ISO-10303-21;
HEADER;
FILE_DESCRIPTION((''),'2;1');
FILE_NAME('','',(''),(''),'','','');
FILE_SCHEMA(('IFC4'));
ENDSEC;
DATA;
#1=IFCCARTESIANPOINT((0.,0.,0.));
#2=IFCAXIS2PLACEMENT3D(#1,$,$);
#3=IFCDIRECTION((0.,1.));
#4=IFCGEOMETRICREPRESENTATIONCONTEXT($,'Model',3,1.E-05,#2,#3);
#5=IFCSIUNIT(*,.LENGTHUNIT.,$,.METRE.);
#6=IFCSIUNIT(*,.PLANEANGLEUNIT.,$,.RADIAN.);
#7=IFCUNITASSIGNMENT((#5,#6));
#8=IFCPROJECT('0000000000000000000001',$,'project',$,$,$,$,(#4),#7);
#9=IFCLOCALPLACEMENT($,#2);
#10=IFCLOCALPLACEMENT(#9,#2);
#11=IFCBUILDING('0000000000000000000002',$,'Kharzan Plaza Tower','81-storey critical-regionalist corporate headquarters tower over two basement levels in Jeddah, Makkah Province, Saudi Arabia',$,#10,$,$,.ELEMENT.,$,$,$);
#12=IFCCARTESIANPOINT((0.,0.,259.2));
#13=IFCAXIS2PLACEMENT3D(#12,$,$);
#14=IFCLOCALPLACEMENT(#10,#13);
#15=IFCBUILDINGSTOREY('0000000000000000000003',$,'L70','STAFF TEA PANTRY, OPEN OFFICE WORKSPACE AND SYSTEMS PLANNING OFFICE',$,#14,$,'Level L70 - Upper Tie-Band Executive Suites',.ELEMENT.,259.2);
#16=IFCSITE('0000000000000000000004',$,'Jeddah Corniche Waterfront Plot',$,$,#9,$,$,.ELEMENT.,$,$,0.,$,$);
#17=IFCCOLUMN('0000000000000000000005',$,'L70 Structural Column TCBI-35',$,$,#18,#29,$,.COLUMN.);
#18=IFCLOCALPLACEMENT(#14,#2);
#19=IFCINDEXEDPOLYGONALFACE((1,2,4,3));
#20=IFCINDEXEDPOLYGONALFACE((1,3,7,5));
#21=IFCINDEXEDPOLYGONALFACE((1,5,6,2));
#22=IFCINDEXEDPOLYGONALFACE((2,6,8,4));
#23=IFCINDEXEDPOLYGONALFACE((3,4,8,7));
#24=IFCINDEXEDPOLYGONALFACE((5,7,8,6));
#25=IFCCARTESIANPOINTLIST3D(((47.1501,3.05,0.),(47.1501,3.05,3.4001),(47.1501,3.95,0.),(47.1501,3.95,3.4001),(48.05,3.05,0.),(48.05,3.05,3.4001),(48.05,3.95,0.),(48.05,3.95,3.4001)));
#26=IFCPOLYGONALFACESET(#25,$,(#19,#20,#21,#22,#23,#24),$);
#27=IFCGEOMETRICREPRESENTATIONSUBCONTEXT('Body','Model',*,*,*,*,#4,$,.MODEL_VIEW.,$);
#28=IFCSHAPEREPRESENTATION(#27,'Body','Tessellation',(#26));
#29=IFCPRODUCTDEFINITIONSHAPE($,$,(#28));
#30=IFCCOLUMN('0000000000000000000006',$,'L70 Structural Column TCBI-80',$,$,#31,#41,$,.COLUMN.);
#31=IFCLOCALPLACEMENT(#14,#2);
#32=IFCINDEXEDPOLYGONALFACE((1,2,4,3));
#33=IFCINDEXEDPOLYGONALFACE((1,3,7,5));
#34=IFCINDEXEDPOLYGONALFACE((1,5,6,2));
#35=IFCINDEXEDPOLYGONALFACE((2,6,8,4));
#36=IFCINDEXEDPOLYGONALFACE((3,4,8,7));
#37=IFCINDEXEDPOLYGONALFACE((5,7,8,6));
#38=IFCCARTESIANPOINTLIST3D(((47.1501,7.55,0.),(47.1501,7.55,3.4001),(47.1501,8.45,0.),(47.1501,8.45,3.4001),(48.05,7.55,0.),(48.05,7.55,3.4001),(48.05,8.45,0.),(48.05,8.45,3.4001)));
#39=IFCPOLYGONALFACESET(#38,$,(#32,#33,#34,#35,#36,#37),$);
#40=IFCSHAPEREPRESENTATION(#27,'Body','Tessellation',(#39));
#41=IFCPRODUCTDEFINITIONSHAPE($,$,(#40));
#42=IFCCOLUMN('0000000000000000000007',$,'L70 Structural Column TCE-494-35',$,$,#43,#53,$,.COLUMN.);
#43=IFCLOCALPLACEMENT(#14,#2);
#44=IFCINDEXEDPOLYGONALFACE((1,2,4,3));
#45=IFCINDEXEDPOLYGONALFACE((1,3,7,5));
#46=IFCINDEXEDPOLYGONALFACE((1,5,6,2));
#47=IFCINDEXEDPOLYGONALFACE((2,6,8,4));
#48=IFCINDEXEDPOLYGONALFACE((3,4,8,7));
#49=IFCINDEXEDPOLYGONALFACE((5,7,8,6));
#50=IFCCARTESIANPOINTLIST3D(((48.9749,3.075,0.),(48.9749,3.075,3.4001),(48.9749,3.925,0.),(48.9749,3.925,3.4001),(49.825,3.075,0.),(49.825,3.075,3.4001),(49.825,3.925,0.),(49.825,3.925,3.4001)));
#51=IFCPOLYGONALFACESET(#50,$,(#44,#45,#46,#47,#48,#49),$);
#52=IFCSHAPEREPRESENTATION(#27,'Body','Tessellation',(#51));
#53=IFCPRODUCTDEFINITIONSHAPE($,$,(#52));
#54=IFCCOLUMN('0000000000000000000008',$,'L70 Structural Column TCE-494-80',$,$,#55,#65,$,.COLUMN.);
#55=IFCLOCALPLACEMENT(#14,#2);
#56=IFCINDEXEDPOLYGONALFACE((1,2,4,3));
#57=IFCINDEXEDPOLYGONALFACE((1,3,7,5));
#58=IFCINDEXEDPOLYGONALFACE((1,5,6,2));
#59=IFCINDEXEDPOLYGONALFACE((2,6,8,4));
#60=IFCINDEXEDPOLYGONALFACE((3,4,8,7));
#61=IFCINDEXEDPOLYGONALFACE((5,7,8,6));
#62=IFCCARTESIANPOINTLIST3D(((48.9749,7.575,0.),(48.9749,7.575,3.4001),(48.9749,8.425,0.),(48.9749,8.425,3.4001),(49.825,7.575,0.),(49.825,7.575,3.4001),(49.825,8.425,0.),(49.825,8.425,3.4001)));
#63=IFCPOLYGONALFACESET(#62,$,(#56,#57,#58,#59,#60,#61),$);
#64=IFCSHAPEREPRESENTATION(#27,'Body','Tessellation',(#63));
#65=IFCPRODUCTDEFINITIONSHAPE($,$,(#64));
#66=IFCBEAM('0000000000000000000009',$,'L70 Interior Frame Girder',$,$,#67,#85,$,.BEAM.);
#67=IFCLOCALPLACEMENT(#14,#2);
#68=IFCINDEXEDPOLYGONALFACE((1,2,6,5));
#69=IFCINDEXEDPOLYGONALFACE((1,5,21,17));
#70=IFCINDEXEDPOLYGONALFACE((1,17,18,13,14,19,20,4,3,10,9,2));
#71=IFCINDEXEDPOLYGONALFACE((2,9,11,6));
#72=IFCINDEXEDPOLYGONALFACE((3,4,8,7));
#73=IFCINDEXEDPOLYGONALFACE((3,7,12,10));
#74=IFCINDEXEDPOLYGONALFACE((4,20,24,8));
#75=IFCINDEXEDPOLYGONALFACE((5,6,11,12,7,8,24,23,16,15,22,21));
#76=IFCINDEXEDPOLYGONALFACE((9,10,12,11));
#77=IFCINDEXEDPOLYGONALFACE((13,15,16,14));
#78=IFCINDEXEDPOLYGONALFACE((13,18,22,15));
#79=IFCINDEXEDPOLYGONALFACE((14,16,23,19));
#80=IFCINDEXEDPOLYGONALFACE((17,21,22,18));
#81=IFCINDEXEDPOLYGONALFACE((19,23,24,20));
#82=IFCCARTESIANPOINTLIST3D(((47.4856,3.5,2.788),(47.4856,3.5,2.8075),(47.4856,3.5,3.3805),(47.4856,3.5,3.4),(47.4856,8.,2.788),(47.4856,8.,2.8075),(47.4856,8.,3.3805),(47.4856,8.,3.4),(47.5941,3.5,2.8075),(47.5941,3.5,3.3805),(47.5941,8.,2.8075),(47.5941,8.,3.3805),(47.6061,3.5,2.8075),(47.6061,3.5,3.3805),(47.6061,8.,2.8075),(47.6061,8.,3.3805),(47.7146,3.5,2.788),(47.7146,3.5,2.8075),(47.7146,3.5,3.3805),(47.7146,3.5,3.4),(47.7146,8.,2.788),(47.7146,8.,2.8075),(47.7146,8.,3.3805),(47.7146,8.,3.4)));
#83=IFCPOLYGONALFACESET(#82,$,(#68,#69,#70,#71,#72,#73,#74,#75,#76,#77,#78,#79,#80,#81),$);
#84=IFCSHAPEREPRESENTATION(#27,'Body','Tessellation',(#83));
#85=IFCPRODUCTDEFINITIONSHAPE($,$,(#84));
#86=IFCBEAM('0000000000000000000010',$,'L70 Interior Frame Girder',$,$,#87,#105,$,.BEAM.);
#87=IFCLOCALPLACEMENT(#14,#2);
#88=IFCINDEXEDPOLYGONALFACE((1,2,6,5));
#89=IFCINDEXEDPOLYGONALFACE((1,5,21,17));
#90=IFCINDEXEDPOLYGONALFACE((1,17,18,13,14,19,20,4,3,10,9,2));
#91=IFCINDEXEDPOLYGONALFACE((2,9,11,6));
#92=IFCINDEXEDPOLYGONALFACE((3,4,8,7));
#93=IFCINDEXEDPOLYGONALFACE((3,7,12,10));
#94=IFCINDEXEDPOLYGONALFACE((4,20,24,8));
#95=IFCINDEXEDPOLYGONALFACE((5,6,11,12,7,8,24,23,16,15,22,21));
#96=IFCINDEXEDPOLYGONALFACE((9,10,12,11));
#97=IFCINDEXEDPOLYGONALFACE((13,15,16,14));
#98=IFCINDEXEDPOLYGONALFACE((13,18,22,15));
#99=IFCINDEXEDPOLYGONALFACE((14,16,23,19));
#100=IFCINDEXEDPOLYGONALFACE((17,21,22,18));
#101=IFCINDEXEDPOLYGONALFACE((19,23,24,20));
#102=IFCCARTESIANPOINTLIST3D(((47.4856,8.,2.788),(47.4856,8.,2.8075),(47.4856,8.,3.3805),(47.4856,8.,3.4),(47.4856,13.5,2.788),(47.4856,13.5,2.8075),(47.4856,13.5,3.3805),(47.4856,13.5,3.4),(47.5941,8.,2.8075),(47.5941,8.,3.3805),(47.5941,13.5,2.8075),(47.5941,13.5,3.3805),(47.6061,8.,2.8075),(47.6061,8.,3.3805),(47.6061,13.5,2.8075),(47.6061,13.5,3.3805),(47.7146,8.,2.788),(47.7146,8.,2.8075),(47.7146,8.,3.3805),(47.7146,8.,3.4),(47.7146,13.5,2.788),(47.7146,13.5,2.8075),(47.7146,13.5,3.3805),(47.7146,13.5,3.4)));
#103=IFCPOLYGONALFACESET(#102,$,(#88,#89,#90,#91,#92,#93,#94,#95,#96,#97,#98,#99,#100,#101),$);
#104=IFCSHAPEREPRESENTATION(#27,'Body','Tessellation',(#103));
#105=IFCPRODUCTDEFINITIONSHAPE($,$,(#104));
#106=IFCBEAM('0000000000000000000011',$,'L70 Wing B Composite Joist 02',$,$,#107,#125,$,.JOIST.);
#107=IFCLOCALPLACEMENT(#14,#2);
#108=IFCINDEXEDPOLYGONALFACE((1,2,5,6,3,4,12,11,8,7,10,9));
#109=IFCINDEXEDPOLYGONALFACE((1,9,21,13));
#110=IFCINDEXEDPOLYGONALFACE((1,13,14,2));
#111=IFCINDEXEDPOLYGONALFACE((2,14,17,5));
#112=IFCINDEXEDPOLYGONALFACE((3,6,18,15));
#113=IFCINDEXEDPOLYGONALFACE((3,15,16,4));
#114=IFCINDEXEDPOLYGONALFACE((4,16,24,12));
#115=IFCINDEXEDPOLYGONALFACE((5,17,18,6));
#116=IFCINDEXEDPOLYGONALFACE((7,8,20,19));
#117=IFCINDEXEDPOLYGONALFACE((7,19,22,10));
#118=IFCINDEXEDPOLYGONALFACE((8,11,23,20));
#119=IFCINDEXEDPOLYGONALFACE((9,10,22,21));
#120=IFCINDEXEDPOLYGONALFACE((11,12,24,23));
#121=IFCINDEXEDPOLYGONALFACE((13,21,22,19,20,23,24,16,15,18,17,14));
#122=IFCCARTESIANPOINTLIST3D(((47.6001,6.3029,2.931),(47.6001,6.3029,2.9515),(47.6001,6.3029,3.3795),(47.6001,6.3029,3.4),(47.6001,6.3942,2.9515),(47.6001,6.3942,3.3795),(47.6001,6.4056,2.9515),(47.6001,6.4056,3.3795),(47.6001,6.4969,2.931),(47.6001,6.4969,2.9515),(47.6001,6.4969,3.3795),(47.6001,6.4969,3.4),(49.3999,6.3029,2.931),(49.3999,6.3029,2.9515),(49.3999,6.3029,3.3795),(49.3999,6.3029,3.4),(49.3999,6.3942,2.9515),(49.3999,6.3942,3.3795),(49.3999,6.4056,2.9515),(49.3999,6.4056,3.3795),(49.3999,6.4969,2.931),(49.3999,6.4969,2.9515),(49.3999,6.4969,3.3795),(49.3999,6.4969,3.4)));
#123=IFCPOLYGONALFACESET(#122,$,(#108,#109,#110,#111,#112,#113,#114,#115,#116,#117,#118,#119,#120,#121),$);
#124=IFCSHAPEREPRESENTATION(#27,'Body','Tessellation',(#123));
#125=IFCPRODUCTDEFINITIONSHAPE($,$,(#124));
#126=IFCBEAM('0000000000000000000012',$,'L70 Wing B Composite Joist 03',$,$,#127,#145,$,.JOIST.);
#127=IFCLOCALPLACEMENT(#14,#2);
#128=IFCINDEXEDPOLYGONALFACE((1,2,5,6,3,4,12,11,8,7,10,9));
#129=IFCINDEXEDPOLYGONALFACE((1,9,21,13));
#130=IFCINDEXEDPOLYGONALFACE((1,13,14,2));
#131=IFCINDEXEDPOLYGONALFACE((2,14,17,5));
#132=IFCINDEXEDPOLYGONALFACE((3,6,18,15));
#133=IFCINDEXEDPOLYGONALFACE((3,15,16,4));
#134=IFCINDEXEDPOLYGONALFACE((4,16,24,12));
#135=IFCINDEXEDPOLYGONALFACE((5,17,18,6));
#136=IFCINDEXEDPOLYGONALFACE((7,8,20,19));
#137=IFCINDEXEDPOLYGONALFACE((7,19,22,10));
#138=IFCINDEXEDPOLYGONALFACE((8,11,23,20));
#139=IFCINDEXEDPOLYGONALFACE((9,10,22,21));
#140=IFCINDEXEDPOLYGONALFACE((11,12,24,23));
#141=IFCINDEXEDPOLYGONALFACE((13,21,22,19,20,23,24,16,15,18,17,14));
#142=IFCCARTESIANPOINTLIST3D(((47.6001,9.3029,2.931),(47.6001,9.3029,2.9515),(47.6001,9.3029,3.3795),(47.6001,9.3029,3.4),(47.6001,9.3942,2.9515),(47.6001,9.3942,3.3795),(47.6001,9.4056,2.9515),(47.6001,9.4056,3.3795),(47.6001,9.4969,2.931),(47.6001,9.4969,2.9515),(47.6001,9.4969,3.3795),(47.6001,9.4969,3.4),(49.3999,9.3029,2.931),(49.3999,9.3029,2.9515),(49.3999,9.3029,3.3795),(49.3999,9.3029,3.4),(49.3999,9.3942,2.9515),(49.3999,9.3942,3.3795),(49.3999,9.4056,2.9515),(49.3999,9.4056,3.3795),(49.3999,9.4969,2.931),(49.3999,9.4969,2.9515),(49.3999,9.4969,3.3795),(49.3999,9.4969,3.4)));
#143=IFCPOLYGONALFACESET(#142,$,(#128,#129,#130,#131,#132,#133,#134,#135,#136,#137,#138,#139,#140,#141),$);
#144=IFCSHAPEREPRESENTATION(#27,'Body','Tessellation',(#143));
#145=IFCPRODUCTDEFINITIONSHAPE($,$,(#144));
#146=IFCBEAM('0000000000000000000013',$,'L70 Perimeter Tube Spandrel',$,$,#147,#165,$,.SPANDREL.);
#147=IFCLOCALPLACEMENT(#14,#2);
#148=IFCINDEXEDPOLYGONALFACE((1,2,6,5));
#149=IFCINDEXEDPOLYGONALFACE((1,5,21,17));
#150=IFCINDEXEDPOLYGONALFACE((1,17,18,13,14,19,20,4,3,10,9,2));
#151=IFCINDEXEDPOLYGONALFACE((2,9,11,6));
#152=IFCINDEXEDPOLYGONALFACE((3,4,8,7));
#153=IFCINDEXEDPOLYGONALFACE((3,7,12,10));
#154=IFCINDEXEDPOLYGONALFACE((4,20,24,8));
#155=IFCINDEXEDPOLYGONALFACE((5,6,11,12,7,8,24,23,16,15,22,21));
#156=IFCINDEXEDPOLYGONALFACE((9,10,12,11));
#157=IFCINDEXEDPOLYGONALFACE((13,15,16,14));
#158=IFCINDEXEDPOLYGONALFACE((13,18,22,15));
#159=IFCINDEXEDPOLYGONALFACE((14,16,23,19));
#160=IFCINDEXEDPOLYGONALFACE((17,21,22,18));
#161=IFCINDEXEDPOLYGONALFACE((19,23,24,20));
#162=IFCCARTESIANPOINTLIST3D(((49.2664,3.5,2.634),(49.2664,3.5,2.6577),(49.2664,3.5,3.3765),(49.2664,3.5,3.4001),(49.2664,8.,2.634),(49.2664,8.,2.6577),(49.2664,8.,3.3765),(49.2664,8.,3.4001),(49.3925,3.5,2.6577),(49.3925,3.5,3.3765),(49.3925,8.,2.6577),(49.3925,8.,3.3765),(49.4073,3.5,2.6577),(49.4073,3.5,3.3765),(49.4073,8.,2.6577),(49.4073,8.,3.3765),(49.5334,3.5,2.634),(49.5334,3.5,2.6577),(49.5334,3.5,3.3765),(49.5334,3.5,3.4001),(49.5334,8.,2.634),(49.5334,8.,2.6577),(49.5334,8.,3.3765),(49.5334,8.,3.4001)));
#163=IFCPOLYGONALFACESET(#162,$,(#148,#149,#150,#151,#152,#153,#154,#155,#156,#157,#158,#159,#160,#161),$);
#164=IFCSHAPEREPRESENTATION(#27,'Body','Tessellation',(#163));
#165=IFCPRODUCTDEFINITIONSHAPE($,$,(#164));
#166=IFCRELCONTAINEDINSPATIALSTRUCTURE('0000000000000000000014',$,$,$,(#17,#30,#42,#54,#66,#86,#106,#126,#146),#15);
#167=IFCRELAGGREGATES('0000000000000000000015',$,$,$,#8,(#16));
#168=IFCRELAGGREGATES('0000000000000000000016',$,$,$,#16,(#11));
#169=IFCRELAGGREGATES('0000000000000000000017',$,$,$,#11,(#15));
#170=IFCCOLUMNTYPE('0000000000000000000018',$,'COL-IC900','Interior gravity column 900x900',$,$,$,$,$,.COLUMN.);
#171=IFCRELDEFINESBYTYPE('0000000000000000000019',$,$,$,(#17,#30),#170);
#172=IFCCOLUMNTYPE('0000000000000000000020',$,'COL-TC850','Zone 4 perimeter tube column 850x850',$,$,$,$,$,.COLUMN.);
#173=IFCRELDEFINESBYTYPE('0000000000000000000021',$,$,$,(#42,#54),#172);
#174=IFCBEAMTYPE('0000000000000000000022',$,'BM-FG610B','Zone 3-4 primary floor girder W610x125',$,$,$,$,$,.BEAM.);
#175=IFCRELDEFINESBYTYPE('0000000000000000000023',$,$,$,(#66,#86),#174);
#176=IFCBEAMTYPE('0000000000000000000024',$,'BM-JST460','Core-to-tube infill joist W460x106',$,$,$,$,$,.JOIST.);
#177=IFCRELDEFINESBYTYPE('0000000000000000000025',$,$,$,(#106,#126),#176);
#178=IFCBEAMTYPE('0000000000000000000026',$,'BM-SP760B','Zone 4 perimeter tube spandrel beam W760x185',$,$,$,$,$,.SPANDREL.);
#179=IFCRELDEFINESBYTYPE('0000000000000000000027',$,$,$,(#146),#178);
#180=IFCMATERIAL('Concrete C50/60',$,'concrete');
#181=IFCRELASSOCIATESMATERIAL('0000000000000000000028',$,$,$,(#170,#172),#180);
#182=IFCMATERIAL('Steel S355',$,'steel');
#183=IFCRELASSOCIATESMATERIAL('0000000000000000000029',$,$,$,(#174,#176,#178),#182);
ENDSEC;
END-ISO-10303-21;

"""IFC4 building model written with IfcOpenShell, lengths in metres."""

from ifc_helpers import new_model, si_unit, direction, frame, origin, origin_2d, place, context, subcontext, project, spatial, rectangle, i_section, extrude, source, transform, mapped, material, material_profile, profile_set, type_object, element, save


model = new_model("IFC4")

# Units and contexts
model_context = context("Model", 3, precision=1e-05, world=origin(), true_north=direction((0.0, 1.0)))
body_context = subcontext(model_context, "Body", "Model", "MODEL_VIEW")
ifc_project = project(units=[si_unit("LENGTHUNIT", "METRE"), si_unit("PLANEANGLEUNIT", "RADIAN")], contexts=[model_context])

# Site, building, storey
site_placement = place(None, origin())
site = spatial("IfcSite", under=ifc_project, at=site_placement, Name="Jeddah Corniche Waterfront Plot", CompositionType="ELEMENT", RefElevation=0.0)
building_placement = place(site_placement, origin())
building = spatial("IfcBuilding", under=site, at=building_placement, Name="Kharzan Plaza Tower", Description="81-storey critical-regionalist corporate headquarters tower over two basement levels in Jeddah, Makkah Province, Saudi Arabia", CompositionType="ELEMENT")
storey_placement = place(building_placement, frame((0.0, 0.0, 259.2)))
storey = spatial("IfcBuildingStorey", under=building, at=storey_placement, Name="L70", Description="STAFF TEA PANTRY, OPEN OFFICE WORKSPACE AND SYSTEMS PLANNING OFFICE", LongName="Level L70 - Upper Tie-Band Executive Suites", CompositionType="ELEMENT", Elevation=259.2)

# Columns
ifc_material_1 = material(Name="Concrete C50/60", Category="concrete")
ifc_material_profile_1 = material_profile(ifc_material_1, rectangle(XDim=0.8999, YDim=0.8999, at=origin_2d()), Name="RC-IC900x900")
ifc_profile_set_1 = profile_set([ifc_material_profile_1], Name="Concrete C50/60")
column_type_1 = type_object("IfcColumnType", Name="COL-IC900", Description="Interior gravity column 900x900", PredefinedType="COLUMN", material=ifc_profile_set_1)
shared_shape_1 = source(origin(), body_context, "Body", "SweptSolid", [
    extrude(rectangle(XDim=0.8999, YDim=0.8999, at=origin_2d()), origin(), (0.0, 0.0, 1.0), 3.4001),
])
for number, where, z_axis, x_axis, name in (
    (1, (47.6001, 3.5, 0.0), (0.0, 0.0, 1.0), (1.0, 0.0, 0.0), "L70 Structural Column TCBI-35"),
    (2, (47.6001, 8.0, 0.0), (0.0, 0.0, 1.0), (1.0, 0.0, 0.0), "L70 Structural Column TCBI-80"),
):
    element("IfcColumn", number, at=place(storey_placement, frame(where, z_axis=z_axis, x_axis=x_axis)), inside=storey, type_object=column_type_1, Name=name, PredefinedType="COLUMN", context=body_context, shape_type="MappedRepresentation", body=[
        mapped(shared_shape_1, transform((0.0, 0.0, 0.0), x_axis=(1.0, 0.0, 0.0), y_axis=(0.0, 1.0, 0.0), z_axis=(0.0, 0.0, 1.0))),
    ])
ifc_material_profile_2 = material_profile(ifc_material_1, rectangle(XDim=0.8501, YDim=0.8501, at=origin_2d()), Name="RC-TC850x850")
ifc_profile_set_2 = profile_set([ifc_material_profile_2], Name="Concrete C50/60")
column_type_2 = type_object("IfcColumnType", Name="COL-TC850", Description="Zone 4 perimeter tube column 850x850", PredefinedType="COLUMN", material=ifc_profile_set_2)
shared_shape_2 = source(origin(), body_context, "Body", "SweptSolid", [
    extrude(rectangle(XDim=0.8501, YDim=0.8501, at=origin_2d()), origin(), (0.0, 0.0, 1.0), 3.4001),
])
for number, where, z_axis, x_axis, name in (
    (3, (49.3999, 3.5, 0.0), (0.0, 0.0, 1.0), (1.0, 0.0, 0.0), "L70 Structural Column TCE-494-35"),
    (4, (49.3999, 8.0, 0.0), (0.0, 0.0, 1.0), (1.0, 0.0, 0.0), "L70 Structural Column TCE-494-80"),
):
    element("IfcColumn", number, at=place(storey_placement, frame(where, z_axis=z_axis, x_axis=x_axis)), inside=storey, type_object=column_type_2, Name=name, PredefinedType="COLUMN", context=body_context, shape_type="MappedRepresentation", body=[
        mapped(shared_shape_2, transform((0.0, 0.0, 0.0), x_axis=(1.0, 0.0, 0.0), y_axis=(0.0, 1.0, 0.0), z_axis=(0.0, 0.0, 1.0))),
    ])

# Beams
ifc_material_2 = material(Name="Steel S355", Category="steel")
ifc_material_profile_3 = material_profile(ifc_material_2, i_section(OverallWidth=0.229, OverallDepth=0.6121, WebThickness=0.012, FlangeThickness=0.0195, at=origin_2d()), Name="W610x125")
ifc_profile_set_3 = profile_set([ifc_material_profile_3], Name="Steel S355")
beam_type_1 = type_object("IfcBeamType", Name="BM-FG610B", Description="Zone 3-4 primary floor girder W610x125", PredefinedType="BEAM", material=ifc_profile_set_3)
shared_shape_3 = source(origin(), body_context, "Body", "SweptSolid", [
    extrude(i_section(OverallWidth=0.229, OverallDepth=0.6121, WebThickness=0.012, FlangeThickness=0.0195, at=origin_2d()), origin(), (0.0, 0.0, 1.0), 4.5),
])
beam_1_placement = place(storey_placement, frame((47.6001, 3.5, 3.094), z_axis=(0.0, 1.0, 0.0), x_axis=(-1.0, 0.0, 0.0)))
element("IfcBeam", 5, at=beam_1_placement, inside=storey, type_object=beam_type_1, Name="L70 Interior Frame Girder", PredefinedType="BEAM", context=body_context, shape_type="MappedRepresentation", body=[
    mapped(shared_shape_3, transform((0.0, 0.0, 0.0), x_axis=(1.0, 0.0, 0.0), y_axis=(0.0, 1.0, 0.0), z_axis=(0.0, 0.0, 1.0))),
])
shared_shape_4 = source(origin(), body_context, "Body", "SweptSolid", [
    extrude(i_section(OverallWidth=0.229, OverallDepth=0.6121, WebThickness=0.012, FlangeThickness=0.0195, at=origin_2d()), origin(), (0.0, 0.0, 1.0), 5.5),
])
beam_2_placement = place(storey_placement, frame((47.6001, 8.0, 3.094), z_axis=(0.0, 1.0, 0.0), x_axis=(-1.0, 0.0, 0.0)))
element("IfcBeam", 6, at=beam_2_placement, inside=storey, type_object=beam_type_1, Name="L70 Interior Frame Girder", PredefinedType="BEAM", context=body_context, shape_type="MappedRepresentation", body=[
    mapped(shared_shape_4, transform((0.0, 0.0, 0.0), x_axis=(1.0, 0.0, 0.0), y_axis=(0.0, 1.0, 0.0), z_axis=(0.0, 0.0, 1.0))),
])
ifc_material_profile_4 = material_profile(ifc_material_2, i_section(OverallWidth=0.1941, OverallDepth=0.469, WebThickness=0.0115, FlangeThickness=0.0205, at=origin_2d()), Name="W460x106")
ifc_profile_set_4 = profile_set([ifc_material_profile_4], Name="Steel S355")
beam_type_2 = type_object("IfcBeamType", Name="BM-JST460", Description="Core-to-tube infill joist W460x106", PredefinedType="JOIST", material=ifc_profile_set_4)
shared_shape_5 = source(origin(), body_context, "Body", "SweptSolid", [
    extrude(i_section(OverallWidth=0.1941, OverallDepth=0.469, WebThickness=0.0115, FlangeThickness=0.0205, at=origin_2d()), origin(), (0.0, 0.0, 1.0), 1.7998),
])
for number, where, z_axis, x_axis, name in (
    (7, (47.6001, 6.3999, 3.1655), (1.0, 0.0, 0.0), (0.0, 1.0, 0.0), "L70 Wing B Composite Joist 02"),
    (8, (47.6001, 9.3999, 3.1655), (1.0, 0.0, 0.0), (0.0, 1.0, 0.0), "L70 Wing B Composite Joist 03"),
):
    element("IfcBeam", number, at=place(storey_placement, frame(where, z_axis=z_axis, x_axis=x_axis)), inside=storey, type_object=beam_type_2, Name=name, PredefinedType="JOIST", context=body_context, shape_type="MappedRepresentation", body=[
        mapped(shared_shape_5, transform((0.0, 0.0, 0.0), x_axis=(1.0, 0.0, 0.0), y_axis=(0.0, 1.0, 0.0), z_axis=(0.0, 0.0, 1.0))),
    ])
ifc_material_profile_5 = material_profile(ifc_material_2, i_section(OverallWidth=0.2671, OverallDepth=0.7661, WebThickness=0.0149, FlangeThickness=0.0237, at=origin_2d()), Name="W760x185")
ifc_profile_set_5 = profile_set([ifc_material_profile_5], Name="Steel S355")
beam_type_3 = type_object("IfcBeamType", Name="BM-SP760B", Description="Zone 4 perimeter tube spandrel beam W760x185", PredefinedType="SPANDREL", material=ifc_profile_set_5)
shared_shape_6 = source(origin(), body_context, "Body", "SweptSolid", [
    extrude(i_section(OverallWidth=0.2671, OverallDepth=0.7661, WebThickness=0.0149, FlangeThickness=0.0237, at=origin_2d()), origin(), (0.0, 0.0, 1.0), 4.5),
])
beam_3_placement = place(storey_placement, frame((49.3999, 3.5, 3.0171), z_axis=(0.0, 1.0, 0.0), x_axis=(-1.0, 0.0, 0.0)))
element("IfcBeam", 9, at=beam_3_placement, inside=storey, type_object=beam_type_3, Name="L70 Perimeter Tube Spandrel", PredefinedType="SPANDREL", context=body_context, shape_type="MappedRepresentation", body=[
    mapped(shared_shape_6, transform((0.0, 0.0, 0.0), x_axis=(1.0, 0.0, 0.0), y_axis=(0.0, 1.0, 0.0), z_axis=(0.0, 0.0, 1.0))),
])

save(model, "model.ifc")
